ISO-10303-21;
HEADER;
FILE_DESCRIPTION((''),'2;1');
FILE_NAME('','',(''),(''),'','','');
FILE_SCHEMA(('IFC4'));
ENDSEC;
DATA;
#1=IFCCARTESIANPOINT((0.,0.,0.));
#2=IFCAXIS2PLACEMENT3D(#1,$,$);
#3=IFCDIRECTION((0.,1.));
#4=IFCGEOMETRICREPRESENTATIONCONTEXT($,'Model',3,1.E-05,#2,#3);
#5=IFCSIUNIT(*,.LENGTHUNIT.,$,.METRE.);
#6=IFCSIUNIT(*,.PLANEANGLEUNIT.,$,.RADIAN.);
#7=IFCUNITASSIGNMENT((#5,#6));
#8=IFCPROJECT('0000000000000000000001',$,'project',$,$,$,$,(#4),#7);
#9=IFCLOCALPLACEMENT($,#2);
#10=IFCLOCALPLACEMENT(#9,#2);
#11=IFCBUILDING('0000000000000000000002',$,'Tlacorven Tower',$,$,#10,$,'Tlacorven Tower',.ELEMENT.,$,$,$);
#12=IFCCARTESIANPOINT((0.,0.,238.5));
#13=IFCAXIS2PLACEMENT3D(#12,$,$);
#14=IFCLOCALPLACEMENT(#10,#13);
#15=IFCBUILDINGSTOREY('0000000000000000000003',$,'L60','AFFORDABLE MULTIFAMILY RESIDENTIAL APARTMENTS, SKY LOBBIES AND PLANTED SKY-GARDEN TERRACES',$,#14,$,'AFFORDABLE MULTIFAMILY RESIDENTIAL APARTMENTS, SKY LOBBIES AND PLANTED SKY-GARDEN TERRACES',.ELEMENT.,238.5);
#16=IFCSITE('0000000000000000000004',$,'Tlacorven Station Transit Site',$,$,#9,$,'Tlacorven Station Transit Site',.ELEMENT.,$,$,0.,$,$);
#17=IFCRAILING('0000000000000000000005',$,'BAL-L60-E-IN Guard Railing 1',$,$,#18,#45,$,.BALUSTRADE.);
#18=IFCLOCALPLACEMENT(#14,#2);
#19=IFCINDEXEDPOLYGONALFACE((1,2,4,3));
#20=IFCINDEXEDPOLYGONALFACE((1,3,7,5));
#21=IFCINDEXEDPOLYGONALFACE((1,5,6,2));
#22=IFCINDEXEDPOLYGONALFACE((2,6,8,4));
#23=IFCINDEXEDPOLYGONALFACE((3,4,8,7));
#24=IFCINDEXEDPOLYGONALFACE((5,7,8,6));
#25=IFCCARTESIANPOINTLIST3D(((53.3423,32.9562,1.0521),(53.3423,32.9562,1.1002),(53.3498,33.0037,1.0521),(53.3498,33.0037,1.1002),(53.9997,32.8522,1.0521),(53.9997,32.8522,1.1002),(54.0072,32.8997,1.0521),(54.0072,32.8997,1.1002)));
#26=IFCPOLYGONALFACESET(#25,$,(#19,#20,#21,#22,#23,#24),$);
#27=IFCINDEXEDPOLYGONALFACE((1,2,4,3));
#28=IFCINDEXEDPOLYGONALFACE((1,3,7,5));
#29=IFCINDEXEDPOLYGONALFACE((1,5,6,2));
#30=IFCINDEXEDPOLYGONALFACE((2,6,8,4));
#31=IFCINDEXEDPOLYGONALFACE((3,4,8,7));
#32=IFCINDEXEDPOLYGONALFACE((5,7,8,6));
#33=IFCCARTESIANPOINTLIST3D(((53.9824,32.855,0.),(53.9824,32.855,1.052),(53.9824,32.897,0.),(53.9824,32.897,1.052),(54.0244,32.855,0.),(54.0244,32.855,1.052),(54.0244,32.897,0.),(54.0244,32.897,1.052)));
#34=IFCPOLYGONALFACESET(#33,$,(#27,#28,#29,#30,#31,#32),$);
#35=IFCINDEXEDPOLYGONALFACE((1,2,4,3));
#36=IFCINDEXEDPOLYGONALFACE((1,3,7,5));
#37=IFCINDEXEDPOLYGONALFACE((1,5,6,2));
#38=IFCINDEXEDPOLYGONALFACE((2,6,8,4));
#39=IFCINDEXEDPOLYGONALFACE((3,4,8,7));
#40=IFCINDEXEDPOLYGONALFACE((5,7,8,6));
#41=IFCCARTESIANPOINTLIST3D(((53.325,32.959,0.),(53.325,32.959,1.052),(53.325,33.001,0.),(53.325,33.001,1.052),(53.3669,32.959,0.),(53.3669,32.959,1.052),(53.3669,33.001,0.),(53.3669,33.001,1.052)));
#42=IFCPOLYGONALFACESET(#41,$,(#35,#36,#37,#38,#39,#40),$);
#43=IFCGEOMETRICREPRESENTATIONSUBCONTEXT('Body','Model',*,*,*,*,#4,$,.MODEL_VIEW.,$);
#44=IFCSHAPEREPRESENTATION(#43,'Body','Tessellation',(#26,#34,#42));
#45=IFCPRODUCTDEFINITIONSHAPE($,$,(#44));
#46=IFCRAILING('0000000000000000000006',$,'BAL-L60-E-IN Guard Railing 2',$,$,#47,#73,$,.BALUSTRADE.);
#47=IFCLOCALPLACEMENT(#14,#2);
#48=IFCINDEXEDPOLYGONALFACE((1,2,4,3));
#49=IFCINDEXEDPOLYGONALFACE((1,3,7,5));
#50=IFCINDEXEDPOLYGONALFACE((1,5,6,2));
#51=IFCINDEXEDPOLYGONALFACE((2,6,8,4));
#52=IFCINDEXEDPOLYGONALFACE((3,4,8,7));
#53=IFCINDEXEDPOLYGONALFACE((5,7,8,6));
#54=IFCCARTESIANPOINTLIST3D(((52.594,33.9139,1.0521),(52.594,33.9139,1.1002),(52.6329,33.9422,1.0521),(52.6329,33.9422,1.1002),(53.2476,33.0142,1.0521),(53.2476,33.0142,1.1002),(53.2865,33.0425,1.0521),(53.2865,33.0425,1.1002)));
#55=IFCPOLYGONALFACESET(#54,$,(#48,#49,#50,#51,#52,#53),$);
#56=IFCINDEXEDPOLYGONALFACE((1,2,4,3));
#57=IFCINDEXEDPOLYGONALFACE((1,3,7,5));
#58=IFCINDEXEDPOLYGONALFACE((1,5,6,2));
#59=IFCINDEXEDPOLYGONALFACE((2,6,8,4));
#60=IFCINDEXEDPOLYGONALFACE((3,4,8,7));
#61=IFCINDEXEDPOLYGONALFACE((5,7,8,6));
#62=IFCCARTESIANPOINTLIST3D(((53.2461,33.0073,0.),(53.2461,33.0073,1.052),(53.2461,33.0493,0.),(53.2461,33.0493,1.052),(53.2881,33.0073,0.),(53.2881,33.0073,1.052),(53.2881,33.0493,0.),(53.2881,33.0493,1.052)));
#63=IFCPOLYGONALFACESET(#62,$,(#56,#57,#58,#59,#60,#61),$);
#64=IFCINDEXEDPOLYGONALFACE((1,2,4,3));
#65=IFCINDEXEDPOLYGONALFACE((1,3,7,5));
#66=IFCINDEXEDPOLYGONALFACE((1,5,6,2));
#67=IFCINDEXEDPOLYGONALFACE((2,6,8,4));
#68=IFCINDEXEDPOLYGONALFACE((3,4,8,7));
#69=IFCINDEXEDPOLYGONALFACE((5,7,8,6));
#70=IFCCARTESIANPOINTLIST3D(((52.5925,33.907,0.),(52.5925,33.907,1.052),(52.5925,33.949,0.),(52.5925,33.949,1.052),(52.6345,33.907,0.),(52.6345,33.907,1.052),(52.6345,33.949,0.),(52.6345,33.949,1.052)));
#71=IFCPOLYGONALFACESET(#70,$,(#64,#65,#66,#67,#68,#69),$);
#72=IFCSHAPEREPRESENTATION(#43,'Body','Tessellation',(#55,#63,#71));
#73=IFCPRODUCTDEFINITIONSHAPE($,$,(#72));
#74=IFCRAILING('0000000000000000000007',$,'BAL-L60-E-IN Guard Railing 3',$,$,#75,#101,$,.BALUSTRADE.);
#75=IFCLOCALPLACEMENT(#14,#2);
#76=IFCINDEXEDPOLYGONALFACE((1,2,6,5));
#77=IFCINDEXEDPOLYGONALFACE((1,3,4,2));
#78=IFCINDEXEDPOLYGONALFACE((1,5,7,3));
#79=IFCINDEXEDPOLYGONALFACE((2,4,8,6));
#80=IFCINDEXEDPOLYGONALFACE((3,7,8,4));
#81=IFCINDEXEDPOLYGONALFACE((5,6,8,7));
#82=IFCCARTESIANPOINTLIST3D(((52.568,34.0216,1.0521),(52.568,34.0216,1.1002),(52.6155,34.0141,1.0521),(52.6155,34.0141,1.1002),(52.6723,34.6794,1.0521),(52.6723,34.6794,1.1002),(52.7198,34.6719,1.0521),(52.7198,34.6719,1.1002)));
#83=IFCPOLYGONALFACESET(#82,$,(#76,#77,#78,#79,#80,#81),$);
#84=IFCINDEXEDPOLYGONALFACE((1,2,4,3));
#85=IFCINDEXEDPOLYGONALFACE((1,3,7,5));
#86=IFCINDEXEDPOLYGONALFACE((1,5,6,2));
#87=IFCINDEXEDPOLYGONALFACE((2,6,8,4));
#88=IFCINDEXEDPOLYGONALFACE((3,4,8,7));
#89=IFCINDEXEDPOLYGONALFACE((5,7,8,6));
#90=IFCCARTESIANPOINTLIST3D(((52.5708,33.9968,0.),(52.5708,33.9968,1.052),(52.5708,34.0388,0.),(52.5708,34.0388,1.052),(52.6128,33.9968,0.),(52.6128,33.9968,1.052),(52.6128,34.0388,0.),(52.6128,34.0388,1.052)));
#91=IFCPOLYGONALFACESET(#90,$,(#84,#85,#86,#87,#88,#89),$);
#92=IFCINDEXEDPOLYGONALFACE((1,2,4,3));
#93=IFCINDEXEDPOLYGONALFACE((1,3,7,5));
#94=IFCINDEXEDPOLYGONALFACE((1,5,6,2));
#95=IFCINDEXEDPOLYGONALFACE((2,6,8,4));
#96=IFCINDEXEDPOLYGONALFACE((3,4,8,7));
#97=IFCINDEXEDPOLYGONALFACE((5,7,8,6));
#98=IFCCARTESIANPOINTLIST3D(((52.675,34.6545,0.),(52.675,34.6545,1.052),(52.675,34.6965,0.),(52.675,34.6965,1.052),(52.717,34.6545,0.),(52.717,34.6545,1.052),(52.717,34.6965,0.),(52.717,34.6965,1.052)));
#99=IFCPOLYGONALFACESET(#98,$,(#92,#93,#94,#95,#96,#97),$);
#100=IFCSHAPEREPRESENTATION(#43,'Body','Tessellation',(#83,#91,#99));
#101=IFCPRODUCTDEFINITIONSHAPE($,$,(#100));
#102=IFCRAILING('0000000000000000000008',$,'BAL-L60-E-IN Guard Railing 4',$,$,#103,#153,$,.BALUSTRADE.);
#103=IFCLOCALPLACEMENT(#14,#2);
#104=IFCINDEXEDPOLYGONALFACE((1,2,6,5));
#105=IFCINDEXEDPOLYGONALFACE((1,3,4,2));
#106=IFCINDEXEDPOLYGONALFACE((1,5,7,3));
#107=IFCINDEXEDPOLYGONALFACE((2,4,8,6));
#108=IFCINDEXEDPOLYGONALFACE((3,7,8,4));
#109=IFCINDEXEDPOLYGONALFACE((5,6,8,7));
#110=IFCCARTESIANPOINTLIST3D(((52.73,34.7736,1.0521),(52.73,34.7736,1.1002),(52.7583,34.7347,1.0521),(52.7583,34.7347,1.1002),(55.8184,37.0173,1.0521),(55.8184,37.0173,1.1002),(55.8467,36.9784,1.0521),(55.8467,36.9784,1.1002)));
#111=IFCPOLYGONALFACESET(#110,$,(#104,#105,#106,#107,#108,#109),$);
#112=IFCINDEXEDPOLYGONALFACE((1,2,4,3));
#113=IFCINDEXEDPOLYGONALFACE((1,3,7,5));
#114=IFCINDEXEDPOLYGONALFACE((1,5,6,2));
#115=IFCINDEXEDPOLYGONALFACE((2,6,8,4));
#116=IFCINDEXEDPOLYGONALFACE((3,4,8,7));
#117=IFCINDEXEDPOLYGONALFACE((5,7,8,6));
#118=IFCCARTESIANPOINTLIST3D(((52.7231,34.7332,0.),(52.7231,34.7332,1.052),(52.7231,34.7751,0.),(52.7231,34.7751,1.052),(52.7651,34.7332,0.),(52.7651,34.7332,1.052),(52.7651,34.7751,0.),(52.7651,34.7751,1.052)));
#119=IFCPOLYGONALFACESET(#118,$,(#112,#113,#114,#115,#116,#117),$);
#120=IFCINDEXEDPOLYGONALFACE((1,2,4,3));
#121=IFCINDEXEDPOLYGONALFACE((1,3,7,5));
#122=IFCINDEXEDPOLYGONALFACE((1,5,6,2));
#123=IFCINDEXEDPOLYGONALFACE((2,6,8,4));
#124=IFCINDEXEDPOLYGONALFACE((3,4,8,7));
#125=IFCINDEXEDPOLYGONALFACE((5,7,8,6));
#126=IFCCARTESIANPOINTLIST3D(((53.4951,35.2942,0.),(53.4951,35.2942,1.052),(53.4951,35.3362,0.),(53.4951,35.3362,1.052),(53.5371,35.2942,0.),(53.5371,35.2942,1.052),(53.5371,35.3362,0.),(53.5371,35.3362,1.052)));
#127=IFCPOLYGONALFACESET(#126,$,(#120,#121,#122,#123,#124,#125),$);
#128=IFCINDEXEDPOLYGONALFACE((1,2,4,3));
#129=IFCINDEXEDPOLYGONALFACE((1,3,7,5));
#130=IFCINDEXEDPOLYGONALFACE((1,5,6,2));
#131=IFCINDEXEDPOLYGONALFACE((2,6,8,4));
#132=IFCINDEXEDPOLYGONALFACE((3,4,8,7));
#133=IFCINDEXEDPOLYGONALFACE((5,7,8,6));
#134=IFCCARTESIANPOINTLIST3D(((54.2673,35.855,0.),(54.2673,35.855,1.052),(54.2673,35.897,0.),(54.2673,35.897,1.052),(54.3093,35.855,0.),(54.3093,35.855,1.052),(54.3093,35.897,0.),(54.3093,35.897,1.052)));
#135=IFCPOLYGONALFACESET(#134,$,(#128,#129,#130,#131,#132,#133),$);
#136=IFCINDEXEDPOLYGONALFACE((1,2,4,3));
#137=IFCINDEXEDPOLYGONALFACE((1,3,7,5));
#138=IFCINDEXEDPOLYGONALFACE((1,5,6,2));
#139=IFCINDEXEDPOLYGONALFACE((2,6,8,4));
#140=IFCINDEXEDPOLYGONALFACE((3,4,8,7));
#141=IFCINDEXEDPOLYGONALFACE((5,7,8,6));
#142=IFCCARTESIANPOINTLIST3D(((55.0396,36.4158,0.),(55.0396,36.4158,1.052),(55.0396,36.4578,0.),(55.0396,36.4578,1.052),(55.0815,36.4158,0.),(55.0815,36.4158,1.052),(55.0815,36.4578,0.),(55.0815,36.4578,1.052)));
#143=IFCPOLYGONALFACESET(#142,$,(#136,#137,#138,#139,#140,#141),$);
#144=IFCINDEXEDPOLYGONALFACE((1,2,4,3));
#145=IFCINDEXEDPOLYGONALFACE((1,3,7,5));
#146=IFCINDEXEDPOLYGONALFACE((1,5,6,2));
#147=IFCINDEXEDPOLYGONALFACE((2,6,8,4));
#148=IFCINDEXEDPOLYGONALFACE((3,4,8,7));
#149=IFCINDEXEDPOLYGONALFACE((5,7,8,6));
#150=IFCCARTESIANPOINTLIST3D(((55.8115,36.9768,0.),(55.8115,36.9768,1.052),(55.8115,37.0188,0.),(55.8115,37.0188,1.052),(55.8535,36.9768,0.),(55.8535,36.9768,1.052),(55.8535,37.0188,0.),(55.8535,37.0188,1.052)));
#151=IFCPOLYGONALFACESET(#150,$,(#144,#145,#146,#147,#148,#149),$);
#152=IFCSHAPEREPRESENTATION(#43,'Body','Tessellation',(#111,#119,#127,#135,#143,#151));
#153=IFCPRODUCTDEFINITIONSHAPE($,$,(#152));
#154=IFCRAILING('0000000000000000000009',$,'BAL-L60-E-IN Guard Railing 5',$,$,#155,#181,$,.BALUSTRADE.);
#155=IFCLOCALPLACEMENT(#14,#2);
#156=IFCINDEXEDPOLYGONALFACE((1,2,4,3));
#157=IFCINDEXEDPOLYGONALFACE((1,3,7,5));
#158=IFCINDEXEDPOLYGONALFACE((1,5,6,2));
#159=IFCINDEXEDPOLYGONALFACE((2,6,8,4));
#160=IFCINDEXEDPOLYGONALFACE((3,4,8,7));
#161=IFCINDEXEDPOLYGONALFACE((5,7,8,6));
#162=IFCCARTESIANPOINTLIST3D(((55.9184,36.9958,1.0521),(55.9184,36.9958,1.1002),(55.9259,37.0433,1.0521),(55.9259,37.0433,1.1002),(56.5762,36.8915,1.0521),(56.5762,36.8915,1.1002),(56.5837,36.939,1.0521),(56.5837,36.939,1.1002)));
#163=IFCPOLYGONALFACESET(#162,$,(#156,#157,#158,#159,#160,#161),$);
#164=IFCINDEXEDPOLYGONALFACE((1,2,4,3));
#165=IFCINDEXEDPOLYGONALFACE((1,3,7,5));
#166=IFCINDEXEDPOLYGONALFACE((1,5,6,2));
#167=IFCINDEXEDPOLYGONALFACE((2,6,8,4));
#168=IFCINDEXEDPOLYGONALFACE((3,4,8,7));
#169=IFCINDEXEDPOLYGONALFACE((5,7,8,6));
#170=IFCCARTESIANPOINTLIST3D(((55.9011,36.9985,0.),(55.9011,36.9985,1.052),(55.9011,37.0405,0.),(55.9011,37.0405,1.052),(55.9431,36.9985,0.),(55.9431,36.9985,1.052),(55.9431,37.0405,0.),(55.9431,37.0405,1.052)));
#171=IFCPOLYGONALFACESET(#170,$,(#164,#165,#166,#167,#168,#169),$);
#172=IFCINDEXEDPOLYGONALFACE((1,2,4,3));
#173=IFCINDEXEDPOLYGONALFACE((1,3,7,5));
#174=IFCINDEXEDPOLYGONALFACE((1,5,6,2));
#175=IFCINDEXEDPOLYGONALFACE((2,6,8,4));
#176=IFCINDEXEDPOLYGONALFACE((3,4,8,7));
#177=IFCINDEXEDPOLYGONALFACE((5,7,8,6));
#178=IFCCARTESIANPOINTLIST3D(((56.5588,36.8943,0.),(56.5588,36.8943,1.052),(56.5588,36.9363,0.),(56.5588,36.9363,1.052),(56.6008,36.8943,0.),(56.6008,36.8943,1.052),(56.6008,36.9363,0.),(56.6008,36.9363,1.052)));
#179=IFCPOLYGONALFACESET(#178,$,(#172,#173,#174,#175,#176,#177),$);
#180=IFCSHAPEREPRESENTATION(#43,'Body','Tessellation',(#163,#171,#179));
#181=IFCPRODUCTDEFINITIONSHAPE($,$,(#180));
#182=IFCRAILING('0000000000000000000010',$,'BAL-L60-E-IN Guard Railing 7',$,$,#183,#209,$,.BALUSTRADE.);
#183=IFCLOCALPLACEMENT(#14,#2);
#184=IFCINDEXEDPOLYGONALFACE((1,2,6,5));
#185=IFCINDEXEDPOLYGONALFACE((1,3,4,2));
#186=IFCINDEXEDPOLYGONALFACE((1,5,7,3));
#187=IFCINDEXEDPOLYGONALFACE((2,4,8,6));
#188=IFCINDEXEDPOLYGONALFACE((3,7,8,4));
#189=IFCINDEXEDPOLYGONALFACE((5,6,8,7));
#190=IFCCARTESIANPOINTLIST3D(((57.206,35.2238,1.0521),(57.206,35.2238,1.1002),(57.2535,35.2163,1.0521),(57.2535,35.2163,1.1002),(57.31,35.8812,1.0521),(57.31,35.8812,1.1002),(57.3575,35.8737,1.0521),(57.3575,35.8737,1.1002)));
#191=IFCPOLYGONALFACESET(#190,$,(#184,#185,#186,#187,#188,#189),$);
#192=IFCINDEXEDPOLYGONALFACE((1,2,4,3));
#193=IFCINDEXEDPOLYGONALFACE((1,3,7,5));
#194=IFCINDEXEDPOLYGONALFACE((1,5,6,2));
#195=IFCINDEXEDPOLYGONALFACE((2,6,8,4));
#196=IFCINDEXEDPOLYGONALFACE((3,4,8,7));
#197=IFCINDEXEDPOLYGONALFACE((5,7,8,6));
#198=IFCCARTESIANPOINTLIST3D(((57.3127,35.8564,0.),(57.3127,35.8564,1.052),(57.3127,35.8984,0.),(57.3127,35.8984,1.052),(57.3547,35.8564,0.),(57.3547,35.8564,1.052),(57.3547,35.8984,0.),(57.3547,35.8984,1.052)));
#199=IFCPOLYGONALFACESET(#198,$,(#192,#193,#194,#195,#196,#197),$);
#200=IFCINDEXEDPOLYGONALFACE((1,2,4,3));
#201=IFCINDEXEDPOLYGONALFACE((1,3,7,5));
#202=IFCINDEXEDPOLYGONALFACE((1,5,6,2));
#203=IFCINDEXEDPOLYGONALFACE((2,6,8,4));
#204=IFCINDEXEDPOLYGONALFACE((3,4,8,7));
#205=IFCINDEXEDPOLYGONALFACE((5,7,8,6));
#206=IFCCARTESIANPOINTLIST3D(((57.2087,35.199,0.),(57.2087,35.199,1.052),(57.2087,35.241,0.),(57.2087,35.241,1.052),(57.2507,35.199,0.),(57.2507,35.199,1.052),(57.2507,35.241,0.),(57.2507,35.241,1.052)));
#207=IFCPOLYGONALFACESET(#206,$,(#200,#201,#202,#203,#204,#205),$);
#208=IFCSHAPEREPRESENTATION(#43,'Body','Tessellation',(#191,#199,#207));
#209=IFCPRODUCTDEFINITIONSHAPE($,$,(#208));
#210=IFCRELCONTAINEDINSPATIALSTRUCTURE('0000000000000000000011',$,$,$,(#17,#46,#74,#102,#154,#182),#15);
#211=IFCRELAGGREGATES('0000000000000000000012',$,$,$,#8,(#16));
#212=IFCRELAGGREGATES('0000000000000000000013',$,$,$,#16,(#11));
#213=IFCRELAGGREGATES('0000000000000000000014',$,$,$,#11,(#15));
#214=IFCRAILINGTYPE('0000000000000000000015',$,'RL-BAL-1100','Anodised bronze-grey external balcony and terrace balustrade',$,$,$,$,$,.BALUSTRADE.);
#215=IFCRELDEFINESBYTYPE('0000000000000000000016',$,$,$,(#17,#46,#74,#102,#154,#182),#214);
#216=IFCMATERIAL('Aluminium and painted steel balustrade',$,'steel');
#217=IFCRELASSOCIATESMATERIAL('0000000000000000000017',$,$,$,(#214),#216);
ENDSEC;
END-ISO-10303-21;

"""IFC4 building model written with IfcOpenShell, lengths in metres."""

from ifc_helpers import new_model, si_unit, direction, frame, origin, origin_2d, place, context, subcontext, project, spatial, rectangle, extrude, source, transform, mapped, material, type_object, element, save


model = new_model("IFC4")

# Units and contexts
model_context = context("Model", 3, precision=1e-05, world=origin(), true_north=direction((0.0, 1.0)))
body_context = subcontext(model_context, "Body", "Model", "MODEL_VIEW")
ifc_project = project(units=[si_unit("LENGTHUNIT", "METRE"), si_unit("PLANEANGLEUNIT", "RADIAN")], contexts=[model_context])

# Site, building, storey
site_placement = place(None, origin())
site = spatial("IfcSite", under=ifc_project, at=site_placement, Name="Tlacorven Station Transit Site", LongName="Tlacorven Station Transit Site", CompositionType="ELEMENT", RefElevation=0.0)
building_placement = place(site_placement, origin())
building = spatial("IfcBuilding", under=site, at=building_placement, Name="Tlacorven Tower", LongName="Tlacorven Tower", CompositionType="ELEMENT")
storey_placement = place(building_placement, frame((0.0, 0.0, 238.5)))
storey = spatial("IfcBuildingStorey", under=building, at=storey_placement, Name="L60", Description="AFFORDABLE MULTIFAMILY RESIDENTIAL APARTMENTS, SKY LOBBIES AND PLANTED SKY-GARDEN TERRACES", LongName="AFFORDABLE MULTIFAMILY RESIDENTIAL APARTMENTS, SKY LOBBIES AND PLANTED SKY-GARDEN TERRACES", CompositionType="ELEMENT", Elevation=238.5)

# Railings
ifc_material_1 = material(Name="Aluminium and painted steel balustrade", Category="steel")
railing_type_1 = type_object("IfcRailingType", Name="RL-BAL-1100", Description="Anodised bronze-grey external balcony and terrace balustrade", PredefinedType="BALUSTRADE", material=ifc_material_1)
shared_shape_1 = source(origin(), body_context, "Body", "SweptSolid", [
    extrude(rectangle(XDim=0.0481, YDim=0.0481, at=origin_2d()), frame((0.0, 0.0, 1.0762), z_axis=(-0.987718, 0.156245, 0.0), x_axis=(-0.156245, -0.987718, 0.0)), (0.0, 0.0, 1.0), 0.6655),
    extrude(rectangle(XDim=0.042, YDim=0.042, at=origin_2d()), origin(), (0.0, 0.0, 1.0), 1.052),
    extrude(rectangle(XDim=0.042, YDim=0.042, at=origin_2d()), frame((-0.6575, 0.104, 0.0)), (0.0, 0.0, 1.0), 1.052),
])
railing_1_placement = place(storey_placement, frame((54.0034, 32.876, 0.0)))
element("IfcRailing", 1, at=railing_1_placement, inside=storey, type_object=railing_type_1, Name="BAL-L60-E-IN Guard Railing 1", PredefinedType="BALUSTRADE", context=body_context, shape_type="MappedRepresentation", body=[
    mapped(shared_shape_1, transform((0.0, 0.0, 0.0), scale=1.0)),
])
shared_shape_2 = source(origin(), body_context, "Body", "SweptSolid", [
    extrude(rectangle(XDim=0.0481, YDim=0.0481, at=origin_2d()), frame((0.0, 0.0, 1.0762), z_axis=(-0.587741, 0.809049, 0.0), x_axis=(-0.809049, -0.587741, 0.0)), (0.0, 0.0, 1.0), 1.1121),
    extrude(rectangle(XDim=0.042, YDim=0.042, at=origin_2d()), origin(), (0.0, 0.0, 1.0), 1.052),
    extrude(rectangle(XDim=0.042, YDim=0.042, at=origin_2d()), frame((-0.6536, 0.8997, 0.0)), (0.0, 0.0, 1.0), 1.052),
])
railing_2_placement = place(storey_placement, frame((53.2671, 33.0283, 0.0)))
element("IfcRailing", 2, at=railing_2_placement, inside=storey, type_object=railing_type_1, Name="BAL-L60-E-IN Guard Railing 2", PredefinedType="BALUSTRADE", context=body_context, shape_type="MappedRepresentation", body=[
    mapped(shared_shape_2, transform((0.0, 0.0, 0.0), scale=1.0)),
])
shared_shape_3 = source(origin(), body_context, "Body", "SweptSolid", [
    extrude(rectangle(XDim=0.0481, YDim=0.0481, at=origin_2d()), frame((0.0, 0.0, 1.0762), z_axis=(0.156546, 0.987671, 0.0), x_axis=(-0.987671, 0.156546, 0.0)), (0.0, 0.0, 1.0), 0.666),
    extrude(rectangle(XDim=0.042, YDim=0.042, at=origin_2d()), origin(), (0.0, 0.0, 1.0), 1.052),
    extrude(rectangle(XDim=0.042, YDim=0.042, at=origin_2d()), frame((0.1042, 0.6577, 0.0)), (0.0, 0.0, 1.0), 1.052),
])
railing_3_placement = place(storey_placement, frame((52.5918, 34.0178, 0.0)))
element("IfcRailing", 3, at=railing_3_placement, inside=storey, type_object=railing_type_1, Name="BAL-L60-E-IN Guard Railing 3", PredefinedType="BALUSTRADE", context=body_context, shape_type="MappedRepresentation", body=[
    mapped(shared_shape_3, transform((0.0, 0.0, 0.0), scale=1.0)),
])
shared_shape_4 = source(origin(), body_context, "Body", "SweptSolid", [
    extrude(rectangle(XDim=0.0481, YDim=0.0481, at=origin_2d()), frame((0.0, 0.0, 1.0762), z_axis=(0.80904, 0.587753, 0.0), x_axis=(-0.587753, 0.80904, 0.0)), (0.0, 0.0, 1.0), 3.8174),
    extrude(rectangle(XDim=0.042, YDim=0.042, at=origin_2d()), origin(), (0.0, 0.0, 1.0), 1.052),
    extrude(rectangle(XDim=0.042, YDim=0.042, at=origin_2d()), frame((0.772, 0.561, 0.0)), (0.0, 0.0, 1.0), 1.052),
    extrude(rectangle(XDim=0.042, YDim=0.042, at=origin_2d()), frame((1.5442, 1.1218, 0.0)), (0.0, 0.0, 1.0), 1.052),
    extrude(rectangle(XDim=0.042, YDim=0.042, at=origin_2d()), frame((2.3164, 1.6826, 0.0)), (0.0, 0.0, 1.0), 1.052),
    extrude(rectangle(XDim=0.042, YDim=0.042, at=origin_2d()), frame((3.0884, 2.2437, 0.0)), (0.0, 0.0, 1.0), 1.052),
])
railing_4_placement = place(storey_placement, frame((52.7441, 34.7542, 0.0)))
element("IfcRailing", 4, at=railing_4_placement, inside=storey, type_object=railing_type_1, Name="BAL-L60-E-IN Guard Railing 4", PredefinedType="BALUSTRADE", context=body_context, shape_type="MappedRepresentation", body=[
    mapped(shared_shape_4, transform((0.0, 0.0, 0.0), scale=1.0)),
])
shared_shape_5 = source(origin(), body_context, "Body", "SweptSolid", [
    extrude(rectangle(XDim=0.0481, YDim=0.0481, at=origin_2d()), frame((0.0, 0.0, 1.0762), z_axis=(0.987671, -0.156546, 0.0), x_axis=(0.156546, 0.987671, 0.0)), (0.0, 0.0, 1.0), 0.666),
    extrude(rectangle(XDim=0.042, YDim=0.042, at=origin_2d()), origin(), (0.0, 0.0, 1.0), 1.052),
    extrude(rectangle(XDim=0.042, YDim=0.042, at=origin_2d()), frame((0.6577, -0.1042, 0.0)), (0.0, 0.0, 1.0), 1.052),
])
railing_5_placement = place(storey_placement, frame((55.9221, 37.0195, 0.0)))
element("IfcRailing", 5, at=railing_5_placement, inside=storey, type_object=railing_type_1, Name="BAL-L60-E-IN Guard Railing 5", PredefinedType="BALUSTRADE", context=body_context, shape_type="MappedRepresentation", body=[
    mapped(shared_shape_5, transform((0.0, 0.0, 0.0), scale=1.0)),
])
shared_shape_6 = source(origin(), body_context, "Body", "SweptSolid", [
    extrude(rectangle(XDim=0.0481, YDim=0.0481, at=origin_2d()), frame((0.0, 0.0, 1.0762), z_axis=(-0.156245, -0.987718, 0.0), x_axis=(0.987718, -0.156245, 0.0)), (0.0, 0.0, 1.0), 0.6655),
    extrude(rectangle(XDim=0.042, YDim=0.042, at=origin_2d()), origin(), (0.0, 0.0, 1.0), 1.052),
    extrude(rectangle(XDim=0.042, YDim=0.042, at=origin_2d()), frame((-0.104, -0.6575, 0.0)), (0.0, 0.0, 1.0), 1.052),
])
railing_6_placement = place(storey_placement, frame((57.3337, 35.8774, 0.0)))
element("IfcRailing", 6, at=railing_6_placement, inside=storey, type_object=railing_type_1, Name="BAL-L60-E-IN Guard Railing 7", PredefinedType="BALUSTRADE", context=body_context, shape_type="MappedRepresentation", body=[
    mapped(shared_shape_6, transform((0.0, 0.0, 0.0), scale=1.0)),
])

save(model, "model.ifc")
